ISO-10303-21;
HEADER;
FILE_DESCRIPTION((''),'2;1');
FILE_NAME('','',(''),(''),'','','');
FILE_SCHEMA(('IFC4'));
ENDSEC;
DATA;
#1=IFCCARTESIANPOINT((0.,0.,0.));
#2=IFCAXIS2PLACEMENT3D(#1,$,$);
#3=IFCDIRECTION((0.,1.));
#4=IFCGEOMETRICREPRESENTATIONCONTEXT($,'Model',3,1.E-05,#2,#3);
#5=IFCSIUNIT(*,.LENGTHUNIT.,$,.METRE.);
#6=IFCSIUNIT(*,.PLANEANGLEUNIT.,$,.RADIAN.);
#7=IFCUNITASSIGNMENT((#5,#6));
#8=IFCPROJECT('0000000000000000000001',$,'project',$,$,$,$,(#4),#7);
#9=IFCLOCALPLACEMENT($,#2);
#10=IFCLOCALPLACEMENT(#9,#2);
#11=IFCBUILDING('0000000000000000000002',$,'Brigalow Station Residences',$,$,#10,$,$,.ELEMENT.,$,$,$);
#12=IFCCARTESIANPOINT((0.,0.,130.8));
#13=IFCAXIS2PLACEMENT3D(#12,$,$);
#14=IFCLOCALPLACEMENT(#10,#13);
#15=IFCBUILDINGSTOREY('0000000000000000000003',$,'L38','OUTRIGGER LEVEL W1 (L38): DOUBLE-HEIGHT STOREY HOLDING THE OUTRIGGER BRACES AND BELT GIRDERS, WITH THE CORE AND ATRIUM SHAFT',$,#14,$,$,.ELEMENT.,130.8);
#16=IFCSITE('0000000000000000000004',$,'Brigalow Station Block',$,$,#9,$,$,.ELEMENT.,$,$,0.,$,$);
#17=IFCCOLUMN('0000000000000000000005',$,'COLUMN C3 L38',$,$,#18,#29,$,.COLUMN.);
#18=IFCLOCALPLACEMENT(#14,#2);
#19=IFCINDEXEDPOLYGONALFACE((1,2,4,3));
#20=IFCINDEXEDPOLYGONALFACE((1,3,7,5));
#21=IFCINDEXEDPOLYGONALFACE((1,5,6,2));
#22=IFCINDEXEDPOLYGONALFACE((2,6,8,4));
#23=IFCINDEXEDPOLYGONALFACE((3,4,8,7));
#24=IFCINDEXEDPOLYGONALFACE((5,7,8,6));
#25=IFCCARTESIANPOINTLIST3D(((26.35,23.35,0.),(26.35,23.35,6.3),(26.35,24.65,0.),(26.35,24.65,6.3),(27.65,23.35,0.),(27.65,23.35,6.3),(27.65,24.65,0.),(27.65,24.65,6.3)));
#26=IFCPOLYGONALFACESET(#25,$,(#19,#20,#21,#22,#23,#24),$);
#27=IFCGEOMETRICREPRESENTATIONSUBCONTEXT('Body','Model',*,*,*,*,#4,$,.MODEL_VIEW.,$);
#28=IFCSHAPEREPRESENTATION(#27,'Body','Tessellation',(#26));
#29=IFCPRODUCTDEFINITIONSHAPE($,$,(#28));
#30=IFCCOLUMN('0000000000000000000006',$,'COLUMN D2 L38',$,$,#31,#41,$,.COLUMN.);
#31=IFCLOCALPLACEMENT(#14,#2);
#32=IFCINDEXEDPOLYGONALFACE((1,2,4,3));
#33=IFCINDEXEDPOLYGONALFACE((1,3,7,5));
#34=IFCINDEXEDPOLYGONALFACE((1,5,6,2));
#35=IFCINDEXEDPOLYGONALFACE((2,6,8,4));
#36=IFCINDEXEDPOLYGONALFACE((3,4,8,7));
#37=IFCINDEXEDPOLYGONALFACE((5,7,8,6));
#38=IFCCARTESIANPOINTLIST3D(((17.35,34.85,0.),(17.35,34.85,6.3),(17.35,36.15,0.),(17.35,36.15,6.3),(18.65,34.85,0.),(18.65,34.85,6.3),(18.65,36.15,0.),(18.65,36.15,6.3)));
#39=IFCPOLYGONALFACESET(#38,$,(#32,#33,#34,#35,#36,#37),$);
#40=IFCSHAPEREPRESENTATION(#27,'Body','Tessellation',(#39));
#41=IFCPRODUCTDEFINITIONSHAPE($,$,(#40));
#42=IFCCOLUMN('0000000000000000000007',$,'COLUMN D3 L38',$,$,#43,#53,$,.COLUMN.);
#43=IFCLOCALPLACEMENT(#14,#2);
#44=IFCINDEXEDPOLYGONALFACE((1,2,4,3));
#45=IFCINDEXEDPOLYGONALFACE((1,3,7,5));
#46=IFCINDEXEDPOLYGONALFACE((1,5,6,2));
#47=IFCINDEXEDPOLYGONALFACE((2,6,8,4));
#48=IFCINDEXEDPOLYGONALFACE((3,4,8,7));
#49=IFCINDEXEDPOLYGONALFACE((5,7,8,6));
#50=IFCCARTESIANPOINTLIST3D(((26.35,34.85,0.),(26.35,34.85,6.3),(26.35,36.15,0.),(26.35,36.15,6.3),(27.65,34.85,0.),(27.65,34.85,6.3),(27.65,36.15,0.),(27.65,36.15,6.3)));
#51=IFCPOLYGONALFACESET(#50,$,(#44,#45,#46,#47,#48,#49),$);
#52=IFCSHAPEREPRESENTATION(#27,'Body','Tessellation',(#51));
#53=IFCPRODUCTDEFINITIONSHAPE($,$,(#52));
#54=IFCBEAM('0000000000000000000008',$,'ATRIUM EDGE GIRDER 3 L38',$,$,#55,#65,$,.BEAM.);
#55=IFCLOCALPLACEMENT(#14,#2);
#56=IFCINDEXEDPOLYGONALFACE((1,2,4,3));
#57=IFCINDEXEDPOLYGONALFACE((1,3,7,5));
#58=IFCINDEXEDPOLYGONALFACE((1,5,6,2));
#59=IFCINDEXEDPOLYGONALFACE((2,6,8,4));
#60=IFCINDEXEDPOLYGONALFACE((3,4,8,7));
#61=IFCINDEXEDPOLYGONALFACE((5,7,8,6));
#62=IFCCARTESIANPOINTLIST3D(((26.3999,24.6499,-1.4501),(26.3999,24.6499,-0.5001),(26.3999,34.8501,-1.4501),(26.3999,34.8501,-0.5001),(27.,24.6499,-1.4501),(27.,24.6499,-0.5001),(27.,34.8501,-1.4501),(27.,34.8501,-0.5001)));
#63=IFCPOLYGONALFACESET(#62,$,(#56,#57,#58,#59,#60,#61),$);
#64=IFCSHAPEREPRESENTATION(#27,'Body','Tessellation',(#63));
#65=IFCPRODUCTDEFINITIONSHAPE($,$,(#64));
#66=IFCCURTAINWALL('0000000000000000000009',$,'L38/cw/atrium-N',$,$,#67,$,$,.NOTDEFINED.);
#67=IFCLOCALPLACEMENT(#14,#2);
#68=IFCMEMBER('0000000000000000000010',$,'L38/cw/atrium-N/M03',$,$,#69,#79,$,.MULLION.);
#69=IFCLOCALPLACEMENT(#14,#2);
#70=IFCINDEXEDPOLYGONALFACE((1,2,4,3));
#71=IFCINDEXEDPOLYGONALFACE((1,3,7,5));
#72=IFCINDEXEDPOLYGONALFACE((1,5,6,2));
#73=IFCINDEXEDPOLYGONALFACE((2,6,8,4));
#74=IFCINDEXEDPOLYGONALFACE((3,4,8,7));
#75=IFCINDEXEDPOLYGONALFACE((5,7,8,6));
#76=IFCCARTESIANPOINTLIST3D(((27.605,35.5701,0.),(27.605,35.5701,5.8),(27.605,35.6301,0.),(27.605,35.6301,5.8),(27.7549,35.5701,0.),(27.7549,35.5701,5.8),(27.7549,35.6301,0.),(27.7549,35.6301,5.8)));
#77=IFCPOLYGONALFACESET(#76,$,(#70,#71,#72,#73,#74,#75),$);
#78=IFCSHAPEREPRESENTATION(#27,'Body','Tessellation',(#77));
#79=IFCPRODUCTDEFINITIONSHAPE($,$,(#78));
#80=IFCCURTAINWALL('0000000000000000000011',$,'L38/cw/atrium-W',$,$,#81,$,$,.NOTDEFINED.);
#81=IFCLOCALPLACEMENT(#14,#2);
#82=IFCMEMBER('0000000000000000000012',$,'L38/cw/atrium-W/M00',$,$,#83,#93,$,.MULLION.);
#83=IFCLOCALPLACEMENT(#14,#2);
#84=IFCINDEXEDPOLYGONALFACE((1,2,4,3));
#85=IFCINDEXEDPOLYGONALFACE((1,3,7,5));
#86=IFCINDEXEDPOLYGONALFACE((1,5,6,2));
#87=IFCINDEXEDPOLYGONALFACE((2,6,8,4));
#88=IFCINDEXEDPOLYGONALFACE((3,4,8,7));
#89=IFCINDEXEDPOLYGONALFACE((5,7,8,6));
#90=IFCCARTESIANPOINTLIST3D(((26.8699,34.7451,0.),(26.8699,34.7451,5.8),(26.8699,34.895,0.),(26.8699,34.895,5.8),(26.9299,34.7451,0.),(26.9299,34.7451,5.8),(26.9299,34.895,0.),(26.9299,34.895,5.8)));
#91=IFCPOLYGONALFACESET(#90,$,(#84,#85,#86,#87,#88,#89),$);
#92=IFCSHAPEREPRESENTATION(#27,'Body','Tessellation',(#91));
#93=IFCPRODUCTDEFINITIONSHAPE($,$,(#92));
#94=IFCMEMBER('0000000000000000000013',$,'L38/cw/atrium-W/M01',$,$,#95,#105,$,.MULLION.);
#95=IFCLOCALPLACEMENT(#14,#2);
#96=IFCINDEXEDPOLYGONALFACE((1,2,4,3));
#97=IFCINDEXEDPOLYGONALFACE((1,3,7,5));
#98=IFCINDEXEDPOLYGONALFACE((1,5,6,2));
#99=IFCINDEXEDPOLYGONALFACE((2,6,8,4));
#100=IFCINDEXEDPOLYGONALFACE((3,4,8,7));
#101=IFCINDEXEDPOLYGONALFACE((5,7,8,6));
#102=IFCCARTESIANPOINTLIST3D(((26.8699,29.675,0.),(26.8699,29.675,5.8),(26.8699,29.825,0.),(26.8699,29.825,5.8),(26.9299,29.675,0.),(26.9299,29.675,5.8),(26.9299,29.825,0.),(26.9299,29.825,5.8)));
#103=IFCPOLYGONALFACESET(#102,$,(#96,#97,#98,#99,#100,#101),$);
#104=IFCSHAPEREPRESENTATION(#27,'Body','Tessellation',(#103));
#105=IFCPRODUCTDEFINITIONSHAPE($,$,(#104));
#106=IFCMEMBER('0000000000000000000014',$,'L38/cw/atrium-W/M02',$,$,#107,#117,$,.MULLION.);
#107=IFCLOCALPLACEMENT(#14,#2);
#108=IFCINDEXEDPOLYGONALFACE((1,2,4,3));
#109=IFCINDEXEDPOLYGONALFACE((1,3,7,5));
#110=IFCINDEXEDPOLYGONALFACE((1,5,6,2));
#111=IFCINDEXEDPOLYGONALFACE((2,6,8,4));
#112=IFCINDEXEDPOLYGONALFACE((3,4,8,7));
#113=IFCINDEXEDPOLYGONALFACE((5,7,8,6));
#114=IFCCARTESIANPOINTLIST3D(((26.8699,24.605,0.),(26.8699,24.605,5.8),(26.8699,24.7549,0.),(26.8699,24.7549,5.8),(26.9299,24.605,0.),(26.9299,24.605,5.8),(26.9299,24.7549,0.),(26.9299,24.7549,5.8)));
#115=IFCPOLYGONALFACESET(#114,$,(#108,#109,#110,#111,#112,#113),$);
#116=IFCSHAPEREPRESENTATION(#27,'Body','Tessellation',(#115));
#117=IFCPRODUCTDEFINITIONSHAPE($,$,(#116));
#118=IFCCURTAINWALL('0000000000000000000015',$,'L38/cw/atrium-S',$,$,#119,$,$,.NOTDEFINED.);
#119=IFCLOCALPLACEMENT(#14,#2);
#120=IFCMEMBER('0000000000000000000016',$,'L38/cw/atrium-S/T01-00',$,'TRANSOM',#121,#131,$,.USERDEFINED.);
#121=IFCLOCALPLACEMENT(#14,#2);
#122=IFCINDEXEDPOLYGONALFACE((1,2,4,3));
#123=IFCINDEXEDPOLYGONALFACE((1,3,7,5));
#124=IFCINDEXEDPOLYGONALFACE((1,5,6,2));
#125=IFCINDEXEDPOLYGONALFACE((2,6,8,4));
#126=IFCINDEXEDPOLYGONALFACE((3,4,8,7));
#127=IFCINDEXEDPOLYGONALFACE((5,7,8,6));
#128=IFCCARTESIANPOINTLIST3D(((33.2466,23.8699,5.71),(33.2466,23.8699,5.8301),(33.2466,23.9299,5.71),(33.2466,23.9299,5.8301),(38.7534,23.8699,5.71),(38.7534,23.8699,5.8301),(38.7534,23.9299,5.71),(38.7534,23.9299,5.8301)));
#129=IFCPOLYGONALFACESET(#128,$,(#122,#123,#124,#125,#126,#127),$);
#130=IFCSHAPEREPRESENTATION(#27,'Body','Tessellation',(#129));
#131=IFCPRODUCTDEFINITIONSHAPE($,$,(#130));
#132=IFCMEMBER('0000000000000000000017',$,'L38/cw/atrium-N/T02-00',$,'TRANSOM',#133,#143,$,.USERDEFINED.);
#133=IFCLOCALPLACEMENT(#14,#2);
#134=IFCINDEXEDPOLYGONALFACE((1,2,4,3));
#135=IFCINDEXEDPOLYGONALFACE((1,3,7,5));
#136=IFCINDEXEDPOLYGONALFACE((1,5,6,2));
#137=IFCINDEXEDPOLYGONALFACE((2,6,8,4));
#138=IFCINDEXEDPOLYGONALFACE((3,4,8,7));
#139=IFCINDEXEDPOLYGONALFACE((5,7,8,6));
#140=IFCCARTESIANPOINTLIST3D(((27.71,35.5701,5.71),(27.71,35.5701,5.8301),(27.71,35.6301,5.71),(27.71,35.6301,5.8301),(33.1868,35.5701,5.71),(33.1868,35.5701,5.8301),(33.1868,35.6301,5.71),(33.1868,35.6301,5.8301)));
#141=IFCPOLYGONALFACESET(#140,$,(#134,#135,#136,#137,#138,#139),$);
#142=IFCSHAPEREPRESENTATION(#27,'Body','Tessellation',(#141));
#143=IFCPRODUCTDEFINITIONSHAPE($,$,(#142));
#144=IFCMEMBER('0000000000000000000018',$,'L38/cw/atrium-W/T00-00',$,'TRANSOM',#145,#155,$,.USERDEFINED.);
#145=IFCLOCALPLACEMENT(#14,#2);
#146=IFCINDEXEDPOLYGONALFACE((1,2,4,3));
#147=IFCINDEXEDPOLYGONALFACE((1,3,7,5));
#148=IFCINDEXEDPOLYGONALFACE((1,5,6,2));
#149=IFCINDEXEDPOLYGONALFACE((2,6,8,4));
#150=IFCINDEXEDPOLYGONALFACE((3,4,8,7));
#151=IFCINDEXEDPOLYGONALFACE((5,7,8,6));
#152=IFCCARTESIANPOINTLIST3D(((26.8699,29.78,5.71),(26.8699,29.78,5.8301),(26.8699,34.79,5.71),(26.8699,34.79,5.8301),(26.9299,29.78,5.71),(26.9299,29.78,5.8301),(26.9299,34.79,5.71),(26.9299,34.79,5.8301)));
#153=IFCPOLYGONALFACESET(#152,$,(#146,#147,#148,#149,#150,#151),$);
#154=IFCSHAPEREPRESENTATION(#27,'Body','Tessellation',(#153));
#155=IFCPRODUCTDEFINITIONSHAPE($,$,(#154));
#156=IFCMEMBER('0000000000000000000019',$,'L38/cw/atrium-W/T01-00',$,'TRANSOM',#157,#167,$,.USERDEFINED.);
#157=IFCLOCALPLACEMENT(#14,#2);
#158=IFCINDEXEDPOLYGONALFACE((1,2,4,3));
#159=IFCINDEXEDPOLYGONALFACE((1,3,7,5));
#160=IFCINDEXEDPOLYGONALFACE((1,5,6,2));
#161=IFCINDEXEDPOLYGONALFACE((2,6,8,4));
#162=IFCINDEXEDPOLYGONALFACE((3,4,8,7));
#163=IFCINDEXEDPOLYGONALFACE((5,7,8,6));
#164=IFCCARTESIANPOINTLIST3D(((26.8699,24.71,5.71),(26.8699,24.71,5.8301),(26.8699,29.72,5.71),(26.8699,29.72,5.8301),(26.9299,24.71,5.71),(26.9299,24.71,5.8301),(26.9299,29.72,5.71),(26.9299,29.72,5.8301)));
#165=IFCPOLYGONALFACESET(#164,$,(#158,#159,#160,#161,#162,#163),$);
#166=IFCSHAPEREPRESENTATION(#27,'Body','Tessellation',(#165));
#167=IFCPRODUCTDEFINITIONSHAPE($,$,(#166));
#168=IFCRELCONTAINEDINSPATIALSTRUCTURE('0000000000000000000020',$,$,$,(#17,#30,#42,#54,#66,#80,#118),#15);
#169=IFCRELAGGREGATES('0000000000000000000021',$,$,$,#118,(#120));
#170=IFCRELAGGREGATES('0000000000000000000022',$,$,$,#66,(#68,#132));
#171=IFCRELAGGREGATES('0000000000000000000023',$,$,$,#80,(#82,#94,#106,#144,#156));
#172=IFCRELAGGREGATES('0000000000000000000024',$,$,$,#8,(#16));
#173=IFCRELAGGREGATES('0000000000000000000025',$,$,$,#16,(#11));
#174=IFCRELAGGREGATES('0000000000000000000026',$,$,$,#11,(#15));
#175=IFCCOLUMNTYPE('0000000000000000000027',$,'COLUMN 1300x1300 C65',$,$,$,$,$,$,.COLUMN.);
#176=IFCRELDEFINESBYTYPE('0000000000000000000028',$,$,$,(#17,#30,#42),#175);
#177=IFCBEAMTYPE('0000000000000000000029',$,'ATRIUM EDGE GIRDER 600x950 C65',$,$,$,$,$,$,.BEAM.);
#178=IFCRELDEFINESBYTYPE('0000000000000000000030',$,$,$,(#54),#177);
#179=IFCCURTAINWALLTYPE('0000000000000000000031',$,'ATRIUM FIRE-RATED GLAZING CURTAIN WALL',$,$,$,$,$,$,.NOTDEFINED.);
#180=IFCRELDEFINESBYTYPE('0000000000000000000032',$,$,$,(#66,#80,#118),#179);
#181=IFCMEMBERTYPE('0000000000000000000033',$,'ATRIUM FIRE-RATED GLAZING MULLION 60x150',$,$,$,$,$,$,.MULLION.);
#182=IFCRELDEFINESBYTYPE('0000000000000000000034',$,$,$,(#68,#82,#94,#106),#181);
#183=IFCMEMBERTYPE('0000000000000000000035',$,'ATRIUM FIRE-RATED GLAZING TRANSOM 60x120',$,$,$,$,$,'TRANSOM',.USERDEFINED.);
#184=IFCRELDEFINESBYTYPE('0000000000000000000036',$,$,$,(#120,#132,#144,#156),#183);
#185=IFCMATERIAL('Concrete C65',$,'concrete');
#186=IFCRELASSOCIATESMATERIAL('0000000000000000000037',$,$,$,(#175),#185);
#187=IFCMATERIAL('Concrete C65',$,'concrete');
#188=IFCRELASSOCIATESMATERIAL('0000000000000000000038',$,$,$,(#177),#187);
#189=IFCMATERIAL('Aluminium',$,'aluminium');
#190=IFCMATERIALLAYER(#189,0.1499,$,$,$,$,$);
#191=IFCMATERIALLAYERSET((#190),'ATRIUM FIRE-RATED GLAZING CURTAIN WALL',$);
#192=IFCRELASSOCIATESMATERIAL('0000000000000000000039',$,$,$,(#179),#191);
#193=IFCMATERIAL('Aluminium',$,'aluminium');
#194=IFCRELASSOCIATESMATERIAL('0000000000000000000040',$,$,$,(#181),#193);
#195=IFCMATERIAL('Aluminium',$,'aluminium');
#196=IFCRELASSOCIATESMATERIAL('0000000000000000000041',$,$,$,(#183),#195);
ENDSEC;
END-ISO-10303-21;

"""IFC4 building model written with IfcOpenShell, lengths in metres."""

from ifc_helpers import new_model, si_unit, direction, frame, origin, origin_2d, place, context, subcontext, project, spatial, rectangle, extrude, material, layer, layer_set, material_profile, profile_set, type_object, element, aggregate, save


model = new_model("IFC4")

# Units and contexts
model_context = context("Model", 3, precision=1e-05, world=origin(), true_north=direction((0.0, 1.0)))
body_context = subcontext(model_context, "Body", "Model", "MODEL_VIEW")
ifc_project = project(units=[si_unit("LENGTHUNIT", "METRE"), si_unit("PLANEANGLEUNIT", "RADIAN")], contexts=[model_context])

# Site, building, storey
site_placement = place(None, origin())
site = spatial("IfcSite", under=ifc_project, at=site_placement, Name="Brigalow Station Block", CompositionType="ELEMENT", RefElevation=0.0)
building_placement = place(site_placement, origin())
building = spatial("IfcBuilding", under=site, at=building_placement, Name="Brigalow Station Residences", CompositionType="ELEMENT")
storey_placement = place(building_placement, frame((0.0, 0.0, 130.8)))
storey = spatial("IfcBuildingStorey", under=building, at=storey_placement, Name="L38", Description="OUTRIGGER LEVEL W1 (L38): DOUBLE-HEIGHT STOREY HOLDING THE OUTRIGGER BRACES AND BELT GIRDERS, WITH THE CORE AND ATRIUM SHAFT", CompositionType="ELEMENT", Elevation=130.8)

# Columns
ifc_material_1 = material(Name="Concrete C65", Category="concrete")
ifc_material_profile_1 = material_profile(ifc_material_1, rectangle(XDim=1.3, YDim=1.3, at=origin_2d()), Name="RC1300x1300")
ifc_profile_set_1 = profile_set([ifc_material_profile_1], Name="Concrete C65")
column_type = type_object("IfcColumnType", Name="COLUMN 1300x1300 C65", PredefinedType="COLUMN", material=ifc_profile_set_1)
for number, where, z_axis, x_axis, name in (
    (1, (27.0, 24.0, 0.0), (0.0, 0.0, 1.0), (1.0, 0.0, 0.0), "COLUMN C3 L38"),
    (2, (18.0, 35.5, 0.0), (0.0, 0.0, 1.0), (1.0, 0.0, 0.0), "COLUMN D2 L38"),
    (3, (27.0, 35.5, 0.0), (0.0, 0.0, 1.0), (1.0, 0.0, 0.0), "COLUMN D3 L38"),
):
    element("IfcColumn", number, at=place(storey_placement, frame(where, z_axis=z_axis, x_axis=x_axis)), inside=storey, type_object=column_type, Name=name, PredefinedType="COLUMN", context=body_context, shape_type="SweptSolid", body=[
        extrude(rectangle(XDim=1.3, YDim=1.3, at=origin_2d()), origin(), (0.0, 0.0, 1.0), 6.3),
    ])

# Beam
ifc_material_2 = material(Name="Concrete C65", Category="concrete")
ifc_material_profile_2 = material_profile(ifc_material_2, rectangle(XDim=0.6001, YDim=0.95, at=origin_2d()), Name="RC600x950")
ifc_profile_set_2 = profile_set([ifc_material_profile_2], Name="Concrete C65")
beam_type = type_object("IfcBeamType", Name="ATRIUM EDGE GIRDER 600x950 C65", PredefinedType="BEAM", material=ifc_profile_set_2)
beam_placement = place(storey_placement, frame((26.7, 24.6499, -0.9751), z_axis=(0.0, 1.0, 0.0), x_axis=(-1.0, 0.0, 0.0)))
element("IfcBeam", 4, at=beam_placement, inside=storey, type_object=beam_type, Name="ATRIUM EDGE GIRDER 3 L38", PredefinedType="BEAM", context=body_context, shape_type="SweptSolid", body=[
    extrude(rectangle(XDim=0.6001, YDim=0.95, at=origin_2d()), origin(), (0.0, 0.0, 1.0), 10.2002),
])

# Curtain wall, member
ifc_material_3 = material(Name="Aluminium", Category="aluminium")
ifc_layer_1 = layer(ifc_material_3, 0.1499)
ifc_layer_set_1 = layer_set([ifc_layer_1], Name="ATRIUM FIRE-RATED GLAZING CURTAIN WALL")
curtain_wall_type = type_object("IfcCurtainWallType", Name="ATRIUM FIRE-RATED GLAZING CURTAIN WALL", PredefinedType="NOTDEFINED", material=ifc_layer_set_1)
curtain_wall_1_placement = place(storey_placement, origin())
curtain_wall_1 = element("IfcCurtainWall", 5, at=curtain_wall_1_placement, inside=storey, type_object=curtain_wall_type, Name="L38/cw/atrium-N", PredefinedType="NOTDEFINED")
ifc_material_4 = material(Name="Aluminium", Category="aluminium")
ifc_material_profile_3 = material_profile(ifc_material_4, rectangle(XDim=0.0601, YDim=0.1499, at=origin_2d()), Name="ATRIUM FIRE-RATED GLAZING MULLION 60x150")
ifc_profile_set_3 = profile_set([ifc_material_profile_3], Name="Aluminium")
member_type_1 = type_object("IfcMemberType", Name="ATRIUM FIRE-RATED GLAZING MULLION 60x150", PredefinedType="MULLION", material=ifc_profile_set_3)
member_1_placement = place(storey_placement, frame((27.6799, 35.6001, 0.0), z_axis=(0.0, 0.0, 1.0), x_axis=(0.0, -1.0, 0.0)))
member_1 = element("IfcMember", 6, at=member_1_placement, type_object=member_type_1, Name="L38/cw/atrium-N/M03", PredefinedType="MULLION", context=body_context, shape_type="SweptSolid", body=[
    extrude(rectangle(XDim=0.0601, YDim=0.1499, at=origin_2d()), origin(), (0.0, 0.0, 1.0), 5.8),
])

# Curtain wall, members
curtain_wall_2_placement = place(storey_placement, origin())
curtain_wall_2 = element("IfcCurtainWall", 7, at=curtain_wall_2_placement, inside=storey, type_object=curtain_wall_type, Name="L38/cw/atrium-W", PredefinedType="NOTDEFINED")
member_2_placement = place(storey_placement, frame((26.8999, 34.8201, 0.0), z_axis=(0.0, 0.0, 1.0), x_axis=(1.0, 0.0, 0.0)))
member_2 = element("IfcMember", 8, at=member_2_placement, type_object=member_type_1, Name="L38/cw/atrium-W/M00", PredefinedType="MULLION", context=body_context, shape_type="SweptSolid", body=[
    extrude(rectangle(XDim=0.0601, YDim=0.1499, at=origin_2d()), origin(), (0.0, 0.0, 1.0), 5.8),
])
member_3_placement = place(storey_placement, frame((26.8999, 29.75, 0.0), z_axis=(0.0, 0.0, 1.0), x_axis=(1.0, 0.0, 0.0)))
member_3 = element("IfcMember", 9, at=member_3_placement, type_object=member_type_1, Name="L38/cw/atrium-W/M01", PredefinedType="MULLION", context=body_context, shape_type="SweptSolid", body=[
    extrude(rectangle(XDim=0.0601, YDim=0.1499, at=origin_2d()), origin(), (0.0, 0.0, 1.0), 5.8),
])
member_4_placement = place(storey_placement, frame((26.8999, 24.6799, 0.0), z_axis=(0.0, 0.0, 1.0), x_axis=(1.0, 0.0, 0.0)))
member_4 = element("IfcMember", 10, at=member_4_placement, type_object=member_type_1, Name="L38/cw/atrium-W/M02", PredefinedType="MULLION", context=body_context, shape_type="SweptSolid", body=[
    extrude(rectangle(XDim=0.0601, YDim=0.1499, at=origin_2d()), origin(), (0.0, 0.0, 1.0), 5.8),
])

# Curtain wall, member
curtain_wall_3_placement = place(storey_placement, origin())
curtain_wall_3 = element("IfcCurtainWall", 11, at=curtain_wall_3_placement, inside=storey, type_object=curtain_wall_type, Name="L38/cw/atrium-S", PredefinedType="NOTDEFINED")
ifc_material_5 = material(Name="Aluminium", Category="aluminium")
ifc_material_profile_4 = material_profile(ifc_material_5, rectangle(XDim=0.0601, YDim=0.1201, at=origin_2d()), Name="ATRIUM FIRE-RATED GLAZING TRANSOM 60x120")
ifc_profile_set_4 = profile_set([ifc_material_profile_4], Name="Aluminium")
member_type_2 = type_object("IfcMemberType", Name="ATRIUM FIRE-RATED GLAZING TRANSOM 60x120", ElementType="TRANSOM", PredefinedType="USERDEFINED", material=ifc_profile_set_4)
member_5_placement = place(storey_placement, frame((33.2466, 23.8999, 5.77), z_axis=(1.0, 0.0, 0.0), x_axis=(0.0, 1.0, 0.0)))
member_5 = element("IfcMember", 12, at=member_5_placement, type_object=member_type_2, Name="L38/cw/atrium-S/T01-00", ObjectType="TRANSOM", PredefinedType="USERDEFINED", context=body_context, shape_type="SweptSolid", body=[
    extrude(rectangle(XDim=0.0601, YDim=0.1201, at=origin_2d()), origin(), (0.0, 0.0, 1.0), 5.5068),
])

# Members
member_6_placement = place(storey_placement, frame((33.1868, 35.6001, 5.77), z_axis=(-1.0, 0.0, 0.0), x_axis=(0.0, -1.0, 0.0)))
member_6 = element("IfcMember", 13, at=member_6_placement, type_object=member_type_2, Name="L38/cw/atrium-N/T02-00", ObjectType="TRANSOM", PredefinedType="USERDEFINED", context=body_context, shape_type="SweptSolid", body=[
    extrude(rectangle(XDim=0.0601, YDim=0.1201, at=origin_2d()), origin(), (0.0, 0.0, 1.0), 5.4768),
])
member_7_placement = place(storey_placement, frame((26.8999, 34.79, 5.77), z_axis=(0.0, -1.0, 0.0), x_axis=(1.0, 0.0, 0.0)))
member_7 = element("IfcMember", 14, at=member_7_placement, type_object=member_type_2, Name="L38/cw/atrium-W/T00-00", ObjectType="TRANSOM", PredefinedType="USERDEFINED", context=body_context, shape_type="SweptSolid", body=[
    extrude(rectangle(XDim=0.0601, YDim=0.1201, at=origin_2d()), origin(), (0.0, 0.0, 1.0), 5.01),
])
member_8_placement = place(storey_placement, frame((26.8999, 29.72, 5.77), z_axis=(0.0, -1.0, 0.0), x_axis=(1.0, 0.0, 0.0)))
member_8 = element("IfcMember", 15, at=member_8_placement, type_object=member_type_2, Name="L38/cw/atrium-W/T01-00", ObjectType="TRANSOM", PredefinedType="USERDEFINED", context=body_context, shape_type="SweptSolid", body=[
    extrude(rectangle(XDim=0.0601, YDim=0.1201, at=origin_2d()), origin(), (0.0, 0.0, 1.0), 5.01),
])

aggregate(curtain_wall_3, [member_5])
aggregate(curtain_wall_1, [member_1, member_6])
aggregate(curtain_wall_2, [member_2, member_3, member_4, member_7, member_8])

save(model, "model.ifc")
